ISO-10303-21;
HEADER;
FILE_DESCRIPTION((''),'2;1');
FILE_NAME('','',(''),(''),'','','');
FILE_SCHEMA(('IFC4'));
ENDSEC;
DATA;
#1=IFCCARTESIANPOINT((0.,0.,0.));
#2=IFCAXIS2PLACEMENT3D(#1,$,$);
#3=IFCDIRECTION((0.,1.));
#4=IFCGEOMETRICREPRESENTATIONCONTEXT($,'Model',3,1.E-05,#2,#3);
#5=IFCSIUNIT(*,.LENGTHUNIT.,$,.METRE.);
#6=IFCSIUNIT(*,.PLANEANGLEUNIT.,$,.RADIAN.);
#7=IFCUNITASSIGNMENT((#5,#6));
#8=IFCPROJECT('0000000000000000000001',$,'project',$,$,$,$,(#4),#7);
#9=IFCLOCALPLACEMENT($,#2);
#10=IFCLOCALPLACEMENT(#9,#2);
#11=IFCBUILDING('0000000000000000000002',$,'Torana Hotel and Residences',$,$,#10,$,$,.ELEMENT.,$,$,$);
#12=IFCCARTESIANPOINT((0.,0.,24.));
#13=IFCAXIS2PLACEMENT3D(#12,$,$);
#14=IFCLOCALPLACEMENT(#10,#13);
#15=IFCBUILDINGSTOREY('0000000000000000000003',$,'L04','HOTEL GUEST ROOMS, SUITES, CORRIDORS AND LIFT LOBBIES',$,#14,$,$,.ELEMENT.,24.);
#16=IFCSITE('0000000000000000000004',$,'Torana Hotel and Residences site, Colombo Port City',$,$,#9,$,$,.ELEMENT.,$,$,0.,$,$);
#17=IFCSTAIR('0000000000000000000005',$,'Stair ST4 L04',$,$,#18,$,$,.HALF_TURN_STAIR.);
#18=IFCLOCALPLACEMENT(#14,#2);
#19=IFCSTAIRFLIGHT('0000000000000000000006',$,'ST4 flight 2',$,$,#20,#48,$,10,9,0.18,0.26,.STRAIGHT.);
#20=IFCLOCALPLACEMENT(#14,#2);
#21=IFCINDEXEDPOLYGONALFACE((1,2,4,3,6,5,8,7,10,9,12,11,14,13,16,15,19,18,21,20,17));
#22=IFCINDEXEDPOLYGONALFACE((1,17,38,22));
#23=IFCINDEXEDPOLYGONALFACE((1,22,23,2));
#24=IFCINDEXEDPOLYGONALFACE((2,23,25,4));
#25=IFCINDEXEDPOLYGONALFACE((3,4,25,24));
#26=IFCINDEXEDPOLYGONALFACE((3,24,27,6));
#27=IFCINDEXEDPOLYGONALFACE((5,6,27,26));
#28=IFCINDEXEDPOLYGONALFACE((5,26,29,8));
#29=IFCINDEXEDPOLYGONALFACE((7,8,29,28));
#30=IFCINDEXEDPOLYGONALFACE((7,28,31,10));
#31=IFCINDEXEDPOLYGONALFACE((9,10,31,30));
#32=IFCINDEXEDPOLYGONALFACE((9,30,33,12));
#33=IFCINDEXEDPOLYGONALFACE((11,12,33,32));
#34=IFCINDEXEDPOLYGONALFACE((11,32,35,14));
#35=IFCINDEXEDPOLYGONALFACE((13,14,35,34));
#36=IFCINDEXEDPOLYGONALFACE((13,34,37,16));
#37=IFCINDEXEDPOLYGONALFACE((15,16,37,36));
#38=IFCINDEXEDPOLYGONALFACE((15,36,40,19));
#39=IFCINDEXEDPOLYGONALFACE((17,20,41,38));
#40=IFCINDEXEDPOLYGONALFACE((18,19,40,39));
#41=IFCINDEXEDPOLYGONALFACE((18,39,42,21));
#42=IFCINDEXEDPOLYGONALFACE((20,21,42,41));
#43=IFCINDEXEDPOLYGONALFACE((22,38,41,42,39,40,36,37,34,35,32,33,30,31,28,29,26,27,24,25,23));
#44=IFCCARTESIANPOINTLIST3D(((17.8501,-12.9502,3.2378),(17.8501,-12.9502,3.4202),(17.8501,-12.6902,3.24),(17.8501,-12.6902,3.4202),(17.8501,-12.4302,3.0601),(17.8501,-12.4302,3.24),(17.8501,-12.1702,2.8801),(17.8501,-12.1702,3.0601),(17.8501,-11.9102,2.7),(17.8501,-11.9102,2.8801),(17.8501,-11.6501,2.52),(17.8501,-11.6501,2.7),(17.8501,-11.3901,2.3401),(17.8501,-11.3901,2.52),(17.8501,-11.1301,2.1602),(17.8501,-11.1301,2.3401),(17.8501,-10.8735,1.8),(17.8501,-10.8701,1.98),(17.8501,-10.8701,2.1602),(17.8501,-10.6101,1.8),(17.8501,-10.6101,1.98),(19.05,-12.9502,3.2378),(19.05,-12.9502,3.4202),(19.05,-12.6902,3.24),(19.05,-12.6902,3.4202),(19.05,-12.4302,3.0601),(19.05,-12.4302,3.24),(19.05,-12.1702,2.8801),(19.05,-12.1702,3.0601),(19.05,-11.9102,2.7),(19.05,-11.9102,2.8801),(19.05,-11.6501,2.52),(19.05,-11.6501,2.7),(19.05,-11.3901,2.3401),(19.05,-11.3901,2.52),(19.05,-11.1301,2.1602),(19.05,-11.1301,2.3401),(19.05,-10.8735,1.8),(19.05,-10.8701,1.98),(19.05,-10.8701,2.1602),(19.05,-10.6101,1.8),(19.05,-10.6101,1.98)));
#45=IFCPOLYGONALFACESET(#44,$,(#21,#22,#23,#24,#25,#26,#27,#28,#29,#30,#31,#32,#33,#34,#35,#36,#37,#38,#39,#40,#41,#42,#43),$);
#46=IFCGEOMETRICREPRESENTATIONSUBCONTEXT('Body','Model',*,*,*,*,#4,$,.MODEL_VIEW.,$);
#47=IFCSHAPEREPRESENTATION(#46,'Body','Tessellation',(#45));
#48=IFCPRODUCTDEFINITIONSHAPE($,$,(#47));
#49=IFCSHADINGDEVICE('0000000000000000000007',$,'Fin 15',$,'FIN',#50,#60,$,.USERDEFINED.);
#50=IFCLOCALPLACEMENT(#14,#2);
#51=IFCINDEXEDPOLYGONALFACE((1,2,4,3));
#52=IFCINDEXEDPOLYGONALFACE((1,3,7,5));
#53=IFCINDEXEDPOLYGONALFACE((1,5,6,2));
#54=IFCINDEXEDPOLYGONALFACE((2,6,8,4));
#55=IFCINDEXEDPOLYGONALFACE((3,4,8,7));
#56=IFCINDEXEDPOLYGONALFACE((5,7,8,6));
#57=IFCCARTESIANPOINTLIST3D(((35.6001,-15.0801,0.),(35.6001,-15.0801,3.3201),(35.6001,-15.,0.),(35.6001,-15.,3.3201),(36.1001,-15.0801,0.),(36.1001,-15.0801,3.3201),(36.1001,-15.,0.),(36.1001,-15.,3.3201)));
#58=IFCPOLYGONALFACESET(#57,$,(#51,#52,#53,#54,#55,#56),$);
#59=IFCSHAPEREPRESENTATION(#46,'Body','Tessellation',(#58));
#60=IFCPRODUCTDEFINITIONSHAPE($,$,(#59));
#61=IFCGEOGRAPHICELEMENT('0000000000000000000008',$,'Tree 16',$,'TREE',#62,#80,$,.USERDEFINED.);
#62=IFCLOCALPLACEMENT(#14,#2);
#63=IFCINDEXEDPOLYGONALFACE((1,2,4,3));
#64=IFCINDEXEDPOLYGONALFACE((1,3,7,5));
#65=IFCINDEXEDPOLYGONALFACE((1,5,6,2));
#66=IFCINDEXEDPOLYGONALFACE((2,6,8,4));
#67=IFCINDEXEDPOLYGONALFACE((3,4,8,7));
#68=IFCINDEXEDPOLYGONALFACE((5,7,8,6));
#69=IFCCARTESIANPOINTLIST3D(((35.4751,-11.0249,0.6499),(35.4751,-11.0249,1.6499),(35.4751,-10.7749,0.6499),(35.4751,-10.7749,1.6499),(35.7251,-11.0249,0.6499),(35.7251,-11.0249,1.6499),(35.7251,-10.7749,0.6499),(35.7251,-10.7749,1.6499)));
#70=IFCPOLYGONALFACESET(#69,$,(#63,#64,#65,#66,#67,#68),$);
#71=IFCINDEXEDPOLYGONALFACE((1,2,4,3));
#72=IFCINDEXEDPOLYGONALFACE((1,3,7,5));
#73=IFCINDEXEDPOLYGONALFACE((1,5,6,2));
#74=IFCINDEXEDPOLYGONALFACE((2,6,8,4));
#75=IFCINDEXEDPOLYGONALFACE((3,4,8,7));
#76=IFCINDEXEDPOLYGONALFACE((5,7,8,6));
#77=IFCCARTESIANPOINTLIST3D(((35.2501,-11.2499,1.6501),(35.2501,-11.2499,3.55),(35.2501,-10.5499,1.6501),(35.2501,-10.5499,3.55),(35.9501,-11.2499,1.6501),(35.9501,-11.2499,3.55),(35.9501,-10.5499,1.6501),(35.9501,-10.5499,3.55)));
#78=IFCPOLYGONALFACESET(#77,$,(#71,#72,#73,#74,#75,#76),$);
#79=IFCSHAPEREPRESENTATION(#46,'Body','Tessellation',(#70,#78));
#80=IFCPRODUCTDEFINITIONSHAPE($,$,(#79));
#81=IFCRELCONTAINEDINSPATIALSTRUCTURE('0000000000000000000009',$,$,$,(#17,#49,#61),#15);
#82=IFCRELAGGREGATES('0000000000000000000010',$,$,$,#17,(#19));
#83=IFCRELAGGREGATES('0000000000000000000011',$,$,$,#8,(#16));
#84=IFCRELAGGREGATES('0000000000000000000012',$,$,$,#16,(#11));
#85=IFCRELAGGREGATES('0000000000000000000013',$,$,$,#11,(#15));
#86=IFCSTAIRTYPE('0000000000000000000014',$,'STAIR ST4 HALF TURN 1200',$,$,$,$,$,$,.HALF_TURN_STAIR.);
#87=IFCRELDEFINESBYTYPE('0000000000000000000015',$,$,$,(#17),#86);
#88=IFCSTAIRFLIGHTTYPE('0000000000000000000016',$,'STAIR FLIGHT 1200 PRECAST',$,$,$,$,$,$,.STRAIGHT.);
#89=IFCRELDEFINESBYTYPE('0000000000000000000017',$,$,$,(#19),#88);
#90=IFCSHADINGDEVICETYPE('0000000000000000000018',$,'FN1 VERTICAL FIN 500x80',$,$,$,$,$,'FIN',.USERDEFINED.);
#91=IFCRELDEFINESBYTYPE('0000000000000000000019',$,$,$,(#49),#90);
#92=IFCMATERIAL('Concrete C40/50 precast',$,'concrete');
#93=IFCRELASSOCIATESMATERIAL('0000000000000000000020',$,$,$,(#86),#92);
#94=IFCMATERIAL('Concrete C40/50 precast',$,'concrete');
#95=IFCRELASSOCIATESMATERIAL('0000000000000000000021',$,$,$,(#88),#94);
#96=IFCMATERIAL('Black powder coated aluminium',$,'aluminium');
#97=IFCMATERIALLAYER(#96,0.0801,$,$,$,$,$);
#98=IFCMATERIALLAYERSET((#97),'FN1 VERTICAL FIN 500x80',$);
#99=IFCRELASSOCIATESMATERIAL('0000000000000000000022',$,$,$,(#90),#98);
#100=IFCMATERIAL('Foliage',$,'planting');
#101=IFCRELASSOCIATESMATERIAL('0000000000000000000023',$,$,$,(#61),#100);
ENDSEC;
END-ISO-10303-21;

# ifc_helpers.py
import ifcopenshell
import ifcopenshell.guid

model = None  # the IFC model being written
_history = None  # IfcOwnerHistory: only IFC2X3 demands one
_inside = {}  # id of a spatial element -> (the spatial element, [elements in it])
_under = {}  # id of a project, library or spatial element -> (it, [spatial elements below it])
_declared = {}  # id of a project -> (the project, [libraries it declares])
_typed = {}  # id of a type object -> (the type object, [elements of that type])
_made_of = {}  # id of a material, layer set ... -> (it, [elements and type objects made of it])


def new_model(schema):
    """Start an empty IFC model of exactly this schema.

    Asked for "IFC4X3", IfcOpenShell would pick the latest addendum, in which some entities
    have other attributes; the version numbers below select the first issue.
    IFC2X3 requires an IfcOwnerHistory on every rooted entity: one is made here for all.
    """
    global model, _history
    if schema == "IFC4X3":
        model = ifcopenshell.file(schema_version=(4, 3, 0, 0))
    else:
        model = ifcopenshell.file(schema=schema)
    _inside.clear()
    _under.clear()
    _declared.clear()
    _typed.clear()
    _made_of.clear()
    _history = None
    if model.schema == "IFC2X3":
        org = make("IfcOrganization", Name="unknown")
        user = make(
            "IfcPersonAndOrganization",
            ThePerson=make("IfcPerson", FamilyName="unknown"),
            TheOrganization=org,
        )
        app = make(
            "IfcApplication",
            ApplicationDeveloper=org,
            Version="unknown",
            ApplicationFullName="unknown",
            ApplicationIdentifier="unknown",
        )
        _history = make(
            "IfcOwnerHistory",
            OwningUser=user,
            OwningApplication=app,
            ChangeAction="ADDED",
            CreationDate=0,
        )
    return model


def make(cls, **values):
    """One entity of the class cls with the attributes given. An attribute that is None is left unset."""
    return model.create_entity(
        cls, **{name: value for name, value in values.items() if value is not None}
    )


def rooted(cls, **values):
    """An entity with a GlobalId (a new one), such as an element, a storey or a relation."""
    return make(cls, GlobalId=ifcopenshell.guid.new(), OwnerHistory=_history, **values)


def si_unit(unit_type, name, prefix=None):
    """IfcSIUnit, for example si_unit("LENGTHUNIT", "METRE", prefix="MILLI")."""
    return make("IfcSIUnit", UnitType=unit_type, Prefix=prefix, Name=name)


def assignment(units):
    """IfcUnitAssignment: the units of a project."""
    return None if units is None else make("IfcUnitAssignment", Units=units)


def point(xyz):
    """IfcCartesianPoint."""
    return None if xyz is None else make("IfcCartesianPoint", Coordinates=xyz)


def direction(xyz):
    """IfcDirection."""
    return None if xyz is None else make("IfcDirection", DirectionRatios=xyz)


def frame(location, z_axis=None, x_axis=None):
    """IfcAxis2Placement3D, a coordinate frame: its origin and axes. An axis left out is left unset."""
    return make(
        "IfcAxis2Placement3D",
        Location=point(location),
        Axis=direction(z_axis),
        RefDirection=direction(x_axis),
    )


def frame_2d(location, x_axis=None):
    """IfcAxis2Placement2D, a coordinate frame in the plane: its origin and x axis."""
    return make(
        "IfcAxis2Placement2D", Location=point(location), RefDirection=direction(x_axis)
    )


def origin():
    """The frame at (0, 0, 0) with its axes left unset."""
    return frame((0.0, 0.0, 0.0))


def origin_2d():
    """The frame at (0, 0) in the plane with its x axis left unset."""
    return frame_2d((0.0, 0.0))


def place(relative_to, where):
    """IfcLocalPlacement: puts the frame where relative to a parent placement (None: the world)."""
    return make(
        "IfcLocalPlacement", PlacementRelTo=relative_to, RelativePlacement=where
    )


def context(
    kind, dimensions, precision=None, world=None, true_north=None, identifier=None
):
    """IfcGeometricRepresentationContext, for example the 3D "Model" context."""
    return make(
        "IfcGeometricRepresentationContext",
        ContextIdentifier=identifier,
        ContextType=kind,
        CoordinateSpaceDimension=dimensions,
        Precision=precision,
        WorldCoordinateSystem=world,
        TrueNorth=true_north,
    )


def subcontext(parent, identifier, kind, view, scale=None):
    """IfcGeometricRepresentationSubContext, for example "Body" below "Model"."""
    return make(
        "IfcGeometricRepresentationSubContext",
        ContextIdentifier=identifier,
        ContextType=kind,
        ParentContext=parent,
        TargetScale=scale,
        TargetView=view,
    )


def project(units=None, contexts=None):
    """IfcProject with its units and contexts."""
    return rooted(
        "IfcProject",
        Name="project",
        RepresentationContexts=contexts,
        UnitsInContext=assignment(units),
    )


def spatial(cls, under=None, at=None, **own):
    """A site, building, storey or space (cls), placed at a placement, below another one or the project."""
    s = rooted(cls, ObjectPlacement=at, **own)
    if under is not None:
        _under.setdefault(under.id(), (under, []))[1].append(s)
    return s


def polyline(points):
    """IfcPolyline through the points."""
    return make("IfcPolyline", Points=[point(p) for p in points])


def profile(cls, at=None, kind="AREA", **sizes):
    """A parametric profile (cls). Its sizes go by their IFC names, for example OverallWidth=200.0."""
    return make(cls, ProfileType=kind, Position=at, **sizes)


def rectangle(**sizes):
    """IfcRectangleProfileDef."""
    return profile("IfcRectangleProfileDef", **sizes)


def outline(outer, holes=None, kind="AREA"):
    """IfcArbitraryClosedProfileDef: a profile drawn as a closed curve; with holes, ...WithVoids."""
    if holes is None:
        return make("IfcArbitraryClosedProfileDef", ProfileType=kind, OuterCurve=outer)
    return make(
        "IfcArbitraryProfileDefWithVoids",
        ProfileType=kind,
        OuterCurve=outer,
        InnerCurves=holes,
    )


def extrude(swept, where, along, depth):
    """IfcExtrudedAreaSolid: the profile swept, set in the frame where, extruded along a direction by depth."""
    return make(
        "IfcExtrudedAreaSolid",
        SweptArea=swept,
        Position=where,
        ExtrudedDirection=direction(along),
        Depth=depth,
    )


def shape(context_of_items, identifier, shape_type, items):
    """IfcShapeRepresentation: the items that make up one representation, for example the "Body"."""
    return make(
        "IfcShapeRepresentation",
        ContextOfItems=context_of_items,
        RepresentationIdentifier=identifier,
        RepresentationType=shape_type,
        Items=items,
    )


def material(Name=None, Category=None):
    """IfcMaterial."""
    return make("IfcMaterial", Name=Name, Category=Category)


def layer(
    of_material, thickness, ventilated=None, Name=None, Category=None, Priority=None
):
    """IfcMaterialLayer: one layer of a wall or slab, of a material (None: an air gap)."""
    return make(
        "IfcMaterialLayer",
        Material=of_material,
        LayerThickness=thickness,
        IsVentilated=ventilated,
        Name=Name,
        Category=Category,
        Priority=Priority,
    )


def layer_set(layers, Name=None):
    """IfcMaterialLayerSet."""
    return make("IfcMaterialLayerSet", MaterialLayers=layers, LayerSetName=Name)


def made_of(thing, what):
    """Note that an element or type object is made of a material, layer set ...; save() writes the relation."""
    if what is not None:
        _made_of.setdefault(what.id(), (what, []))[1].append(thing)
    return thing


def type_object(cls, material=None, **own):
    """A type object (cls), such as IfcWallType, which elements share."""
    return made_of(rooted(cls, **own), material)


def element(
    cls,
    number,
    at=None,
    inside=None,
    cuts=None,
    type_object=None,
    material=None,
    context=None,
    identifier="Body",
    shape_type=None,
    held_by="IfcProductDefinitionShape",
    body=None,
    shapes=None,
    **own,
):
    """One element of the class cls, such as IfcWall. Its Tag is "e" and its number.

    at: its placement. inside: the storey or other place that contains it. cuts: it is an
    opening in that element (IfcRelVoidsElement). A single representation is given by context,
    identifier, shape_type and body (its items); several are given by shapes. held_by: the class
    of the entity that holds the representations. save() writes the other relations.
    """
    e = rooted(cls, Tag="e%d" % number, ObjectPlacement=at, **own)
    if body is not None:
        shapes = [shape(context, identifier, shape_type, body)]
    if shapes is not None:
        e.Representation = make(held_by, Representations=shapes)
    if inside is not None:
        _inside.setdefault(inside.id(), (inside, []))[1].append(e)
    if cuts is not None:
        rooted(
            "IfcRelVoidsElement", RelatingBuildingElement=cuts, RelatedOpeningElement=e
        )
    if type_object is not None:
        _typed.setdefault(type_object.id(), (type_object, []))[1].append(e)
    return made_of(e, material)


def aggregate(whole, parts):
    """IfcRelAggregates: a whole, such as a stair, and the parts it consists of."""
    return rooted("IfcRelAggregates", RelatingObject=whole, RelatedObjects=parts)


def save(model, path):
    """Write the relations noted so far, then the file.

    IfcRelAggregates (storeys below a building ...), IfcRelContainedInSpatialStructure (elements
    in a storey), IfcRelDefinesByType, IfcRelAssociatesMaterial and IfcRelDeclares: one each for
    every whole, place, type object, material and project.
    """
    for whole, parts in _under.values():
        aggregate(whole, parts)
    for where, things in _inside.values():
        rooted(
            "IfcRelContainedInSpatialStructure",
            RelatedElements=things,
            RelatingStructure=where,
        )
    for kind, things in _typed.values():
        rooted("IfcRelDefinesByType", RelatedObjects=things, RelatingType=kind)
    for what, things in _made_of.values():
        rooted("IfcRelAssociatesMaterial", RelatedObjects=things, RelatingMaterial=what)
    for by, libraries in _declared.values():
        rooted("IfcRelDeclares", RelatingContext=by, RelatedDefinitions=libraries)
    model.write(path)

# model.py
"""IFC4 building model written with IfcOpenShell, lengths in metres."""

from ifc_helpers import new_model, si_unit, direction, frame, origin, origin_2d, place, context, subcontext, project, spatial, polyline, rectangle, outline, extrude, material, layer, layer_set, type_object, element, aggregate, save


model = new_model("IFC4")

# Units and contexts
model_context = context("Model", 3, precision=1e-05, world=origin(), true_north=direction((0.0, 1.0)))
body_context = subcontext(model_context, "Body", "Model", "MODEL_VIEW")
ifc_project = project(units=[si_unit("LENGTHUNIT", "METRE"), si_unit("PLANEANGLEUNIT", "RADIAN")], contexts=[model_context])

# Site, building, storey
site_placement = place(None, origin())
site = spatial("IfcSite", under=ifc_project, at=site_placement, Name="Torana Hotel and Residences site, Colombo Port City", CompositionType="ELEMENT", RefElevation=0.0)
building_placement = place(site_placement, origin())
building = spatial("IfcBuilding", under=site, at=building_placement, Name="Torana Hotel and Residences", CompositionType="ELEMENT")
storey_placement = place(building_placement, frame((0.0, 0.0, 24.0)))
storey = spatial("IfcBuildingStorey", under=building, at=storey_placement, Name="L04", Description="HOTEL GUEST ROOMS, SUITES, CORRIDORS AND LIFT LOBBIES", CompositionType="ELEMENT", Elevation=24.0)

# Stair, stair flight
ifc_material_1 = material(Name="Concrete C40/50 precast", Category="concrete")
stair_type = type_object("IfcStairType", Name="STAIR ST4 HALF TURN 1200", PredefinedType="HALF_TURN_STAIR", material=ifc_material_1)
stair_placement = place(storey_placement, origin())
stair = element("IfcStair", 1, at=stair_placement, inside=storey, type_object=stair_type, Name="Stair ST4 L04", PredefinedType="HALF_TURN_STAIR")
ifc_material_2 = material(Name="Concrete C40/50 precast", Category="concrete")
stair_flight_type = type_object("IfcStairFlightType", Name="STAIR FLIGHT 1200 PRECAST", PredefinedType="STRAIGHT", material=ifc_material_2)
stair_flight_placement = place(storey_placement, frame((18.45, -10.6101, 1.8), z_axis=(0.0, 0.0, 1.0), x_axis=(0.0, -1.0, 0.0)))
stair_flight = element("IfcStairFlight", 2, at=stair_flight_placement, type_object=stair_flight_type, Name="ST4 flight 2", NumberOfRisers=10, NumberOfTreads=9, PredefinedType="STRAIGHT", RiserHeight=0.18, TreadLength=0.26, context=body_context, shape_type="SweptSolid", body=[
    extrude(outline(polyline([(0.0, 0.0), (0.0, 0.1799), (0.26, 0.1799), (0.26, 0.3601), (0.52, 0.3601), (0.52, 0.54), (0.78, 0.54), (0.78, 0.72), (1.04, 0.72), (1.04, 0.8999), (1.3, 0.8999), (1.3, 1.0801), (1.5601, 1.0801), (1.5601, 1.26), (1.8201, 1.26), (1.8201, 1.4399), (2.0801, 1.4399), (2.0801, 1.6201), (2.3401, 1.6201), (2.3401, 1.8), (2.3401, 1.4377), (0.2634, 0.0), (0.0, 0.0)])), frame((0.0, 0.6001, 0.0), z_axis=(0.0, -1.0, 0.0), x_axis=(1.0, 0.0, 0.0)), (0.0, 0.0, 1.0), 1.2),
])
aggregate(stair, [stair_flight])

# Shading device
ifc_material_3 = material(Name="Black powder coated aluminium", Category="aluminium")
ifc_layer_1 = layer(ifc_material_3, 0.0801)
ifc_layer_set_1 = layer_set([ifc_layer_1], Name="FN1 VERTICAL FIN 500x80")
shading_device_type = type_object("IfcShadingDeviceType", Name="FN1 VERTICAL FIN 500x80", ElementType="FIN", PredefinedType="USERDEFINED", material=ifc_layer_set_1)
shading_device_placement = place(storey_placement, frame((35.8501, -15.04, 0.0), z_axis=(0.0, 0.0, 1.0), x_axis=(0.0, -1.0, 0.0)))
element("IfcShadingDevice", 3, at=shading_device_placement, inside=storey, type_object=shading_device_type, Name="Fin 15", ObjectType="FIN", PredefinedType="USERDEFINED", context=body_context, shape_type="SweptSolid", body=[
    extrude(rectangle(XDim=0.0801, YDim=0.5, at=origin_2d()), origin(), (0.0, 0.0, 1.0), 3.3201),
])

# Geographic element
ifc_material_4 = material(Name="Foliage", Category="planting")
geographic_element_placement = place(storey_placement, frame((35.6001, -10.8999, 0.6499), z_axis=(0.0, 0.0, 1.0), x_axis=(1.0, 0.0, 0.0)))
element("IfcGeographicElement", 4, at=geographic_element_placement, inside=storey, material=ifc_material_4, Name="Tree 16", ObjectType="TREE", PredefinedType="USERDEFINED", context=body_context, shape_type="SweptSolid", body=[
    extrude(rectangle(XDim=0.25, YDim=0.25, at=origin_2d()), origin(), (0.0, 0.0, 1.0), 1.0),
    extrude(rectangle(XDim=0.7, YDim=0.7, at=origin_2d()), frame((0.0, 0.0, 1.0002)), (0.0, 0.0, 1.0), 1.8999),
])

save(model, "model.ifc")
